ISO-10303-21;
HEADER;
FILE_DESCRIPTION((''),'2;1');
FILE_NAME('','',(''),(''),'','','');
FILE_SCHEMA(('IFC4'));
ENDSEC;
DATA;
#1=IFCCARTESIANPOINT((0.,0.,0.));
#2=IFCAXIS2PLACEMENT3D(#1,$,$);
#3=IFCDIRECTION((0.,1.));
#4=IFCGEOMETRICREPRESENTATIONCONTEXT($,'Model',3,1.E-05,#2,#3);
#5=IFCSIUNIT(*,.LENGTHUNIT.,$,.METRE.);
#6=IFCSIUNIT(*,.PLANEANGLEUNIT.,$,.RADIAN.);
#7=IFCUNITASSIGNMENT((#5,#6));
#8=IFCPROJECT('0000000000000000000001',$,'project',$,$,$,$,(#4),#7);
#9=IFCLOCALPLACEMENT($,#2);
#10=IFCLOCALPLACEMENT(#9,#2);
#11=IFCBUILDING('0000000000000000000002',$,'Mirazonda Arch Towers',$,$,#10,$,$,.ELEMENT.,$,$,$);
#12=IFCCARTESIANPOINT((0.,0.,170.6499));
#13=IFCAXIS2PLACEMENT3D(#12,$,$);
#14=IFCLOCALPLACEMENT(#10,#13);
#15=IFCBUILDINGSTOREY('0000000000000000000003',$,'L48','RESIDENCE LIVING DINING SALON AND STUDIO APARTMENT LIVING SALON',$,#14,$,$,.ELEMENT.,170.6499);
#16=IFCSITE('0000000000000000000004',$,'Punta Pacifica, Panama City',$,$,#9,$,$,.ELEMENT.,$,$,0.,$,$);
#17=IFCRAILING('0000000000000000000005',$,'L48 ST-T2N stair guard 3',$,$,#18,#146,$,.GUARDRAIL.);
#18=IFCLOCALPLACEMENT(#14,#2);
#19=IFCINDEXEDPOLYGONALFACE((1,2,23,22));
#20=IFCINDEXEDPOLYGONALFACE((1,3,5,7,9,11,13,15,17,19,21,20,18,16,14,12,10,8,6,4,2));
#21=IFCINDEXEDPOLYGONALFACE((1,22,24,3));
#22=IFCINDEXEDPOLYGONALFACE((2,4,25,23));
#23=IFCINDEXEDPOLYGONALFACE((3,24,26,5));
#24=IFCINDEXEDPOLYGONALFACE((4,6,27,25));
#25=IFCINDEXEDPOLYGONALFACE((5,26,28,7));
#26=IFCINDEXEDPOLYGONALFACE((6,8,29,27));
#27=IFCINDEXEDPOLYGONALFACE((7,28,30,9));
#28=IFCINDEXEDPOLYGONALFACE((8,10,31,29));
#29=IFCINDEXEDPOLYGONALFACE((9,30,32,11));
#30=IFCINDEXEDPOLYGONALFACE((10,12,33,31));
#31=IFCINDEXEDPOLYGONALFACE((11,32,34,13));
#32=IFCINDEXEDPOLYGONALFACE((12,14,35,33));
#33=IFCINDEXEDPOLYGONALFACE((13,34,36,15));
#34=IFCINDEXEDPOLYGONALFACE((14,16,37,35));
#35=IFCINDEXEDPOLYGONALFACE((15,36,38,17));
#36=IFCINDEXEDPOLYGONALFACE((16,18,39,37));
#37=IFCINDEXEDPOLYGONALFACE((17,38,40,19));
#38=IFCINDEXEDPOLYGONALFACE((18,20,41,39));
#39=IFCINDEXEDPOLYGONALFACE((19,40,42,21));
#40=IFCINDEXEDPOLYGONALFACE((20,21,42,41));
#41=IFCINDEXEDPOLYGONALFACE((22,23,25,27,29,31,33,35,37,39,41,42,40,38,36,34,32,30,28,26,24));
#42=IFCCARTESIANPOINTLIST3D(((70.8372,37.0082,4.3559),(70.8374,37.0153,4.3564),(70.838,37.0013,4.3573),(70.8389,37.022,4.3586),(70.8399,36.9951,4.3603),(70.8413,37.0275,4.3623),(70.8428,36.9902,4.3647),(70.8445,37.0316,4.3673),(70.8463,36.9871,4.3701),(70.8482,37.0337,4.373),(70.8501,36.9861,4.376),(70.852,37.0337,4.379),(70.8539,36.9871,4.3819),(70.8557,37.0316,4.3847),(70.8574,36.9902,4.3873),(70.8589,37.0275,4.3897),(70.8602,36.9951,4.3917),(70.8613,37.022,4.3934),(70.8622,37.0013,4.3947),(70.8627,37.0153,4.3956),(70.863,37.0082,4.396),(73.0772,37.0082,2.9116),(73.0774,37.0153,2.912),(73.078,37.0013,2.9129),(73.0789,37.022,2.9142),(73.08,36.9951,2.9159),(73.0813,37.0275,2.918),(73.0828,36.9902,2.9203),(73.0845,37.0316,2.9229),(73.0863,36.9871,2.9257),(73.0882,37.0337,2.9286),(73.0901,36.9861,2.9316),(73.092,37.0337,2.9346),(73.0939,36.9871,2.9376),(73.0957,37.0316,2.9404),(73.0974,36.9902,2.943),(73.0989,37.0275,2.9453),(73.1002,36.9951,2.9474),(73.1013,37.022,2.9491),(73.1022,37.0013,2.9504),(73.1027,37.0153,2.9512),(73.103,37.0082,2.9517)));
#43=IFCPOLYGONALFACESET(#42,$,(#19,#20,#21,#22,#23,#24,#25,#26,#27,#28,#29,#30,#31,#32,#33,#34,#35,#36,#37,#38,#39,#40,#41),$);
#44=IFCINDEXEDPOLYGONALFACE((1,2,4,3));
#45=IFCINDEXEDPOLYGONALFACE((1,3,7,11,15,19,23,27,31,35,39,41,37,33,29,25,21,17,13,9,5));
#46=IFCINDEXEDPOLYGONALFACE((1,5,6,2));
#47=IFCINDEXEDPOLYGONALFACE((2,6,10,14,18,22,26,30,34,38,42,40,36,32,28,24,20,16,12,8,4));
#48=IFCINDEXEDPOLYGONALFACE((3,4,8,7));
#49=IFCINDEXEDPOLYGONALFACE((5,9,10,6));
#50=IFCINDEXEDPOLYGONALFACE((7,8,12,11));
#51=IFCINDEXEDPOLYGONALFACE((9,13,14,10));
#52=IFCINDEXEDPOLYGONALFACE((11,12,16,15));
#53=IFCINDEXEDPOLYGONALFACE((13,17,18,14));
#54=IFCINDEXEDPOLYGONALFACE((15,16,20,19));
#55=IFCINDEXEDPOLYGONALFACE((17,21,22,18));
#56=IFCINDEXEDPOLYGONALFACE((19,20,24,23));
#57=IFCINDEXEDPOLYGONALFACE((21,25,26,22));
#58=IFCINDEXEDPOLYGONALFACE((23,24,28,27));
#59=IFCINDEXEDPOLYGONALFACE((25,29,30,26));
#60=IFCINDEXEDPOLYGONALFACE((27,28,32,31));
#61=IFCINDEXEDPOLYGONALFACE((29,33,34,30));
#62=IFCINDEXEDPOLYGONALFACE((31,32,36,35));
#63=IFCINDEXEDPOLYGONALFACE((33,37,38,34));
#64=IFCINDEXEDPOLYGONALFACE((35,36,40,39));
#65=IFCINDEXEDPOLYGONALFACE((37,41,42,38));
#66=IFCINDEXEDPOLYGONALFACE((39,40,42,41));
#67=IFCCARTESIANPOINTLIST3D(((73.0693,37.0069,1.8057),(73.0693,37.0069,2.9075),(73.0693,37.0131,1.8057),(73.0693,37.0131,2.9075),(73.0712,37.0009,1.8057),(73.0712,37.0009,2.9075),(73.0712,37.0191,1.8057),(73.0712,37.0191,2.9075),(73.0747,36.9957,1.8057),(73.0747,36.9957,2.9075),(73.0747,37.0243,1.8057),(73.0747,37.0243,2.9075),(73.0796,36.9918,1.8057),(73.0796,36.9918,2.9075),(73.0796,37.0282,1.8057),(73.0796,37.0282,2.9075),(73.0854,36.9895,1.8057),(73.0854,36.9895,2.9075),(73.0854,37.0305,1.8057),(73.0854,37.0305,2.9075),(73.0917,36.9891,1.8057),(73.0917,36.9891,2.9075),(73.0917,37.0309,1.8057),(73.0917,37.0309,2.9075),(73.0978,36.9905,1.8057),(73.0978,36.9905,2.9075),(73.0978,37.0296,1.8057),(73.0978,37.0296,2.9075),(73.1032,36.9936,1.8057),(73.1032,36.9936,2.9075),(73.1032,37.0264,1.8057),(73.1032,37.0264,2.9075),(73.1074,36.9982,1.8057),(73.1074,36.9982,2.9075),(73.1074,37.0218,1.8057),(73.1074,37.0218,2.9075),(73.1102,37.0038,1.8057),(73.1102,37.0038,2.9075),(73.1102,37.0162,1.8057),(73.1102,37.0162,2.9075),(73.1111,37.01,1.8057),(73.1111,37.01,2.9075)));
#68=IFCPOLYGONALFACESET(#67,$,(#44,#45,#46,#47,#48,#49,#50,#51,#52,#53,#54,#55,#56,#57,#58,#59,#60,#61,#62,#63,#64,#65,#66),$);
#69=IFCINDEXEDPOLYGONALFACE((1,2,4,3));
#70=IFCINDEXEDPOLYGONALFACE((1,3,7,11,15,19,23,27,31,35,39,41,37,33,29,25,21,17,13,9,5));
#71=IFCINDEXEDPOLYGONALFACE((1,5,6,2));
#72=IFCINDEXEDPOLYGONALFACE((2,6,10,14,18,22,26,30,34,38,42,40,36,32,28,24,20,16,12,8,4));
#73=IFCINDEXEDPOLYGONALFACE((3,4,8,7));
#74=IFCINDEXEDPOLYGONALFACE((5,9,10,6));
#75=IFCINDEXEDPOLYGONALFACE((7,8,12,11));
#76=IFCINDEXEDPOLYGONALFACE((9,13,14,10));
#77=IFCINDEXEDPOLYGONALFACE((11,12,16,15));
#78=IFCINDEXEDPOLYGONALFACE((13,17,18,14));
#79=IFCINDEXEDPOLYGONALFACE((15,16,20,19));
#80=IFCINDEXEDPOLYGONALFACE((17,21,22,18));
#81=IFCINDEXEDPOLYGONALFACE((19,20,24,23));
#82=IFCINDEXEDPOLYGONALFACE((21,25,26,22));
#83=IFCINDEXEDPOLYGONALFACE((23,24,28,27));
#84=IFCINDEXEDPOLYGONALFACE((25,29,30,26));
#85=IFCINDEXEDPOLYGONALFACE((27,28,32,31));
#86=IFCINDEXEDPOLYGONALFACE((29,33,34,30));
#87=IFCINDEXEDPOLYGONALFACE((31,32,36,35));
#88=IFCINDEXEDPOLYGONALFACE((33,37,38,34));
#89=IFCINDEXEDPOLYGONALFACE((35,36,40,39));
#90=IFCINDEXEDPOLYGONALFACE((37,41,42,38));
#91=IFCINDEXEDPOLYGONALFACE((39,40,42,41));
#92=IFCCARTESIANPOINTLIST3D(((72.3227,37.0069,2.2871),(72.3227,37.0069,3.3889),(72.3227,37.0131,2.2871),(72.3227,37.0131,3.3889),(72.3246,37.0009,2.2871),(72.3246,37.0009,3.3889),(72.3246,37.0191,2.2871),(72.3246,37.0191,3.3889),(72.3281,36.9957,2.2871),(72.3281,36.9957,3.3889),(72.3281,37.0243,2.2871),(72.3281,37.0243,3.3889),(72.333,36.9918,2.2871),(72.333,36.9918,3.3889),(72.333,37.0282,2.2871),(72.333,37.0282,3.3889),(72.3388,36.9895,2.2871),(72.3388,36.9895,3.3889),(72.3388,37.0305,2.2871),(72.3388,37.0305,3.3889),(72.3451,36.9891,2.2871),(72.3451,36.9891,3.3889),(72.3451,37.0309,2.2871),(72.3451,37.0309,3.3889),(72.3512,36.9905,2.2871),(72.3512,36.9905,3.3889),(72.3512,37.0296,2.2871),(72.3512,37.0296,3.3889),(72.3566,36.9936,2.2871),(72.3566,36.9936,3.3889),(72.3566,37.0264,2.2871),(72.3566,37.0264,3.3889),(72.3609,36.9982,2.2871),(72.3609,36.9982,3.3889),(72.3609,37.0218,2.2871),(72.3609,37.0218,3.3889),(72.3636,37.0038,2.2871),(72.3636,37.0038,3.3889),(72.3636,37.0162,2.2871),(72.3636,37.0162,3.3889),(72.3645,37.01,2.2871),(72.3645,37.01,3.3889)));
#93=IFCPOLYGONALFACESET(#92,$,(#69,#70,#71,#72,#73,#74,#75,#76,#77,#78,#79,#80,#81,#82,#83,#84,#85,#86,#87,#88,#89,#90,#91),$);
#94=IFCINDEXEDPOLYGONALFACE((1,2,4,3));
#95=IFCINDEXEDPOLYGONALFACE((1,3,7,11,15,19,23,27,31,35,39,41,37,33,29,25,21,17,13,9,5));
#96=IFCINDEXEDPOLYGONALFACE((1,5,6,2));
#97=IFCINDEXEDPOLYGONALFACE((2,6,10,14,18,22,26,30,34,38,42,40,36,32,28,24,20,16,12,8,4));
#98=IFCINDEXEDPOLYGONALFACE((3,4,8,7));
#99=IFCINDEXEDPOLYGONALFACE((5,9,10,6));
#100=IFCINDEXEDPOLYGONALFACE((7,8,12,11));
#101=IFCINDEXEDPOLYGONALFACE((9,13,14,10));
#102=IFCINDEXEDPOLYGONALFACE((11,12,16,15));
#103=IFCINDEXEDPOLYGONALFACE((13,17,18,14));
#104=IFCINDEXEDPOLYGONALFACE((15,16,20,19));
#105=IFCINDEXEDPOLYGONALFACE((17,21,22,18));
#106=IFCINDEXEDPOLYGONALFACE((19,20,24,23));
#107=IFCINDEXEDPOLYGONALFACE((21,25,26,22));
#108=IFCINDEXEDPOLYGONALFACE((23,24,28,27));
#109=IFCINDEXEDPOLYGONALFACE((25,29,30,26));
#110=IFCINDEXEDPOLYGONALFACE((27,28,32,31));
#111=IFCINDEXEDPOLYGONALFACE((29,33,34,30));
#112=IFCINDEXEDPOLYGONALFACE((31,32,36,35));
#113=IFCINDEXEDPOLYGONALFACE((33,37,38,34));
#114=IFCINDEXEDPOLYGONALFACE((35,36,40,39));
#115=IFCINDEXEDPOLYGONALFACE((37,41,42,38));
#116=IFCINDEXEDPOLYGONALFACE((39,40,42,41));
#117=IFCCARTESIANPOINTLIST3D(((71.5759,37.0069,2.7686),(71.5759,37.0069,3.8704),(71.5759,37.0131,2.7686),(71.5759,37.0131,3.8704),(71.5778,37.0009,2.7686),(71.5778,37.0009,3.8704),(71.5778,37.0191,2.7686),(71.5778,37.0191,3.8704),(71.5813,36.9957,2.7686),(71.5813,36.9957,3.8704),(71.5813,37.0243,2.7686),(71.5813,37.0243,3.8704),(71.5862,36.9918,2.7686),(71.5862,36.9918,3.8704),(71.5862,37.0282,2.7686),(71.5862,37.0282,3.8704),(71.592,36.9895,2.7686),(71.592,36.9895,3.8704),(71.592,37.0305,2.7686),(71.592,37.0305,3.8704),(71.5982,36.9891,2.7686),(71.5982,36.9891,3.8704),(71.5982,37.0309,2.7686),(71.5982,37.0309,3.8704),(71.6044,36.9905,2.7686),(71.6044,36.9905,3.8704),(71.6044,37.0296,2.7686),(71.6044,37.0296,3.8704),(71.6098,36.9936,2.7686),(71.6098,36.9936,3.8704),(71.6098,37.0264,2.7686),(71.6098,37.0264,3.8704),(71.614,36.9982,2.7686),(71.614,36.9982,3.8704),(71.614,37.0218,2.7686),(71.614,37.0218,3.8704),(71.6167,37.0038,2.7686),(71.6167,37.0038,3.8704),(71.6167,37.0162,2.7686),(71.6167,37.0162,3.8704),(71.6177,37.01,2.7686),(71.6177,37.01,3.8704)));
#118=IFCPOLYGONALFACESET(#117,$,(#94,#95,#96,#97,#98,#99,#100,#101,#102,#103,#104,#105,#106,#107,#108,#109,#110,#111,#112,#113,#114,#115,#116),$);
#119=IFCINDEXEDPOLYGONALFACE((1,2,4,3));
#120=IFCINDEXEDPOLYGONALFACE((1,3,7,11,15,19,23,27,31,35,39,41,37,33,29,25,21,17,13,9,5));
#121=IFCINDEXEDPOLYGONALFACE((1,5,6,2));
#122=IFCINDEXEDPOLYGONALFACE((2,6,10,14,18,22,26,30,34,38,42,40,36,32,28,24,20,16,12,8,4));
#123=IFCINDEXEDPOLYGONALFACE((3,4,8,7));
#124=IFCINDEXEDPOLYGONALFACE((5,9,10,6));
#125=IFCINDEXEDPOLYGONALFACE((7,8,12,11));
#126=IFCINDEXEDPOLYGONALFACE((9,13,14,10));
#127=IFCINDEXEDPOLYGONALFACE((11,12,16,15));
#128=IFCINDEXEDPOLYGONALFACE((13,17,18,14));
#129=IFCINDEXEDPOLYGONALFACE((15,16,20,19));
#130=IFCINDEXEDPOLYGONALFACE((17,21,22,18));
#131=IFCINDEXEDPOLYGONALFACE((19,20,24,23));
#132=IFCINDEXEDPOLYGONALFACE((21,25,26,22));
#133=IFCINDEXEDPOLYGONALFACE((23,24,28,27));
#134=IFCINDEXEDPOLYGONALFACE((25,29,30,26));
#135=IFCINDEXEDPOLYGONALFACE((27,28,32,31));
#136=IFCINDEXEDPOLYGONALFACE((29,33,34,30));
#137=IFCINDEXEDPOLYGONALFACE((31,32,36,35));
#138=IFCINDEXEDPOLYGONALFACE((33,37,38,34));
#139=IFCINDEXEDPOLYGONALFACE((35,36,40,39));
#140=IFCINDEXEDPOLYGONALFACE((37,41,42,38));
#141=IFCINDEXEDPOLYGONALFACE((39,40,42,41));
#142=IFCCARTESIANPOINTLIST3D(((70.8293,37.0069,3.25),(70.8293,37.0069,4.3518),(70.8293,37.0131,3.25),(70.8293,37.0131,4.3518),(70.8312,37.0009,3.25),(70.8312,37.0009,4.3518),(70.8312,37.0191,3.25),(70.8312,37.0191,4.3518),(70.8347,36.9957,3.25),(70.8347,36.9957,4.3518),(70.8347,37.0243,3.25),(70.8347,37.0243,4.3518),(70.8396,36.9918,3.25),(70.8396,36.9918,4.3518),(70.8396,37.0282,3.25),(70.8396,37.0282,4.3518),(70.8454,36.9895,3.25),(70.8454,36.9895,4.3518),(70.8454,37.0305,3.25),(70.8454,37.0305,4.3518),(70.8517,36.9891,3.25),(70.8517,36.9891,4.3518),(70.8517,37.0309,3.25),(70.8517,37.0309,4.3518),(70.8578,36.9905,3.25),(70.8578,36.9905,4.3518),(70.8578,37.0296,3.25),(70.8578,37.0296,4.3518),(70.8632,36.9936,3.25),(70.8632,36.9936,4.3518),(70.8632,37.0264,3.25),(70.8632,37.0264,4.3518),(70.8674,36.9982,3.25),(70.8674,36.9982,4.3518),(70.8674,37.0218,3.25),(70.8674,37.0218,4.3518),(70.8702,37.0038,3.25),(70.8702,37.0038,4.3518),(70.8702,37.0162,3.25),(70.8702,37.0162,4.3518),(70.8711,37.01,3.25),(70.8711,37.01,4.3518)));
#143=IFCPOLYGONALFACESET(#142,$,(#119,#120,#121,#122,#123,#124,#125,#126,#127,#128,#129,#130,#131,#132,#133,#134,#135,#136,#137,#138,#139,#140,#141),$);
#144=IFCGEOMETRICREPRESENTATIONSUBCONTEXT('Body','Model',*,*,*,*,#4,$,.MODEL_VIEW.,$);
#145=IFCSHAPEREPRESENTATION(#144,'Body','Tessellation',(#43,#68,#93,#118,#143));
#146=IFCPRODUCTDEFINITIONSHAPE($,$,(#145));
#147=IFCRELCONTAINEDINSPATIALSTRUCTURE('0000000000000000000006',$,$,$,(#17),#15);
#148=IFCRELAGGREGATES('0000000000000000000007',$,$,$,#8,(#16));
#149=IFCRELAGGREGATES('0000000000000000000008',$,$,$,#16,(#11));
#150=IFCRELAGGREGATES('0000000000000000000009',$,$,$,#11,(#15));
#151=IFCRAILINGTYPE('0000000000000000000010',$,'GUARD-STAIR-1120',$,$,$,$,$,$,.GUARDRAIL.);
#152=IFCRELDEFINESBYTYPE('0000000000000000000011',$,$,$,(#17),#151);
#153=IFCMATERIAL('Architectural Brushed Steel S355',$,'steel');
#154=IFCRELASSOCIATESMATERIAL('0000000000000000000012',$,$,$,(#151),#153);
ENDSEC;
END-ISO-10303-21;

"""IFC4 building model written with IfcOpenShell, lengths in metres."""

from ifc_helpers import new_model, si_unit, direction, frame, origin, origin_2d, place, context, subcontext, project, spatial, circle, extrude, material, type_object, element, save


model = new_model("IFC4")

# Units and contexts
model_context = context("Model", 3, precision=1e-05, world=origin(), true_north=direction((0.0, 1.0)))
body_context = subcontext(model_context, "Body", "Model", "MODEL_VIEW")
ifc_project = project(units=[si_unit("LENGTHUNIT", "METRE"), si_unit("PLANEANGLEUNIT", "RADIAN")], contexts=[model_context])

# Site, building, storey
site_placement = place(None, origin())
site = spatial("IfcSite", under=ifc_project, at=site_placement, Name="Punta Pacifica, Panama City", CompositionType="ELEMENT", RefElevation=0.0)
building_placement = place(site_placement, origin())
building = spatial("IfcBuilding", under=site, at=building_placement, Name="Mirazonda Arch Towers", CompositionType="ELEMENT")
storey_placement = place(building_placement, frame((0.0, 0.0, 170.6499)))
storey = spatial("IfcBuildingStorey", under=building, at=storey_placement, Name="L48", Description="RESIDENCE LIVING DINING SALON AND STUDIO APARTMENT LIVING SALON", CompositionType="ELEMENT", Elevation=170.6499)

# Railing
ifc_material_1 = material(Name="Architectural Brushed Steel S355", Category="steel")
railing_type_1 = type_object("IfcRailingType", Name="GUARD-STAIR-1120", PredefinedType="GUARDRAIL", material=ifc_material_1)
railing_1_placement = place(storey_placement, frame((73.0901, 37.01, 1.8057)))
element("IfcRailing", 1, at=railing_1_placement, inside=storey, type_object=railing_type_1, Name="L48 ST-T2N stair guard 3", PredefinedType="GUARDRAIL", context=body_context, shape_type="SweptSolid", body=[
    extrude(circle(Radius=0.0239, at=origin_2d()), frame((0.0, 0.0, 1.126), z_axis=(-0.840437, 0.0, 0.54191), x_axis=(0.0, -1.0, 0.0)), (0.0, 0.0, 1.0), 2.6653),
    extrude(circle(Radius=0.021, at=origin_2d()), origin(), (0.0, 0.0, 1.0), 1.1018),
    extrude(circle(Radius=0.021, at=origin_2d()), frame((-0.7466, 0.0, 0.4814)), (0.0, 0.0, 1.0), 1.1018),
    extrude(circle(Radius=0.021, at=origin_2d()), frame((-1.4934, 0.0, 0.9629)), (0.0, 0.0, 1.0), 1.1018),
    extrude(circle(Radius=0.021, at=origin_2d()), frame((-2.24, 0.0, 1.4443)), (0.0, 0.0, 1.0), 1.1018),
])

save(model, "model.ifc")
